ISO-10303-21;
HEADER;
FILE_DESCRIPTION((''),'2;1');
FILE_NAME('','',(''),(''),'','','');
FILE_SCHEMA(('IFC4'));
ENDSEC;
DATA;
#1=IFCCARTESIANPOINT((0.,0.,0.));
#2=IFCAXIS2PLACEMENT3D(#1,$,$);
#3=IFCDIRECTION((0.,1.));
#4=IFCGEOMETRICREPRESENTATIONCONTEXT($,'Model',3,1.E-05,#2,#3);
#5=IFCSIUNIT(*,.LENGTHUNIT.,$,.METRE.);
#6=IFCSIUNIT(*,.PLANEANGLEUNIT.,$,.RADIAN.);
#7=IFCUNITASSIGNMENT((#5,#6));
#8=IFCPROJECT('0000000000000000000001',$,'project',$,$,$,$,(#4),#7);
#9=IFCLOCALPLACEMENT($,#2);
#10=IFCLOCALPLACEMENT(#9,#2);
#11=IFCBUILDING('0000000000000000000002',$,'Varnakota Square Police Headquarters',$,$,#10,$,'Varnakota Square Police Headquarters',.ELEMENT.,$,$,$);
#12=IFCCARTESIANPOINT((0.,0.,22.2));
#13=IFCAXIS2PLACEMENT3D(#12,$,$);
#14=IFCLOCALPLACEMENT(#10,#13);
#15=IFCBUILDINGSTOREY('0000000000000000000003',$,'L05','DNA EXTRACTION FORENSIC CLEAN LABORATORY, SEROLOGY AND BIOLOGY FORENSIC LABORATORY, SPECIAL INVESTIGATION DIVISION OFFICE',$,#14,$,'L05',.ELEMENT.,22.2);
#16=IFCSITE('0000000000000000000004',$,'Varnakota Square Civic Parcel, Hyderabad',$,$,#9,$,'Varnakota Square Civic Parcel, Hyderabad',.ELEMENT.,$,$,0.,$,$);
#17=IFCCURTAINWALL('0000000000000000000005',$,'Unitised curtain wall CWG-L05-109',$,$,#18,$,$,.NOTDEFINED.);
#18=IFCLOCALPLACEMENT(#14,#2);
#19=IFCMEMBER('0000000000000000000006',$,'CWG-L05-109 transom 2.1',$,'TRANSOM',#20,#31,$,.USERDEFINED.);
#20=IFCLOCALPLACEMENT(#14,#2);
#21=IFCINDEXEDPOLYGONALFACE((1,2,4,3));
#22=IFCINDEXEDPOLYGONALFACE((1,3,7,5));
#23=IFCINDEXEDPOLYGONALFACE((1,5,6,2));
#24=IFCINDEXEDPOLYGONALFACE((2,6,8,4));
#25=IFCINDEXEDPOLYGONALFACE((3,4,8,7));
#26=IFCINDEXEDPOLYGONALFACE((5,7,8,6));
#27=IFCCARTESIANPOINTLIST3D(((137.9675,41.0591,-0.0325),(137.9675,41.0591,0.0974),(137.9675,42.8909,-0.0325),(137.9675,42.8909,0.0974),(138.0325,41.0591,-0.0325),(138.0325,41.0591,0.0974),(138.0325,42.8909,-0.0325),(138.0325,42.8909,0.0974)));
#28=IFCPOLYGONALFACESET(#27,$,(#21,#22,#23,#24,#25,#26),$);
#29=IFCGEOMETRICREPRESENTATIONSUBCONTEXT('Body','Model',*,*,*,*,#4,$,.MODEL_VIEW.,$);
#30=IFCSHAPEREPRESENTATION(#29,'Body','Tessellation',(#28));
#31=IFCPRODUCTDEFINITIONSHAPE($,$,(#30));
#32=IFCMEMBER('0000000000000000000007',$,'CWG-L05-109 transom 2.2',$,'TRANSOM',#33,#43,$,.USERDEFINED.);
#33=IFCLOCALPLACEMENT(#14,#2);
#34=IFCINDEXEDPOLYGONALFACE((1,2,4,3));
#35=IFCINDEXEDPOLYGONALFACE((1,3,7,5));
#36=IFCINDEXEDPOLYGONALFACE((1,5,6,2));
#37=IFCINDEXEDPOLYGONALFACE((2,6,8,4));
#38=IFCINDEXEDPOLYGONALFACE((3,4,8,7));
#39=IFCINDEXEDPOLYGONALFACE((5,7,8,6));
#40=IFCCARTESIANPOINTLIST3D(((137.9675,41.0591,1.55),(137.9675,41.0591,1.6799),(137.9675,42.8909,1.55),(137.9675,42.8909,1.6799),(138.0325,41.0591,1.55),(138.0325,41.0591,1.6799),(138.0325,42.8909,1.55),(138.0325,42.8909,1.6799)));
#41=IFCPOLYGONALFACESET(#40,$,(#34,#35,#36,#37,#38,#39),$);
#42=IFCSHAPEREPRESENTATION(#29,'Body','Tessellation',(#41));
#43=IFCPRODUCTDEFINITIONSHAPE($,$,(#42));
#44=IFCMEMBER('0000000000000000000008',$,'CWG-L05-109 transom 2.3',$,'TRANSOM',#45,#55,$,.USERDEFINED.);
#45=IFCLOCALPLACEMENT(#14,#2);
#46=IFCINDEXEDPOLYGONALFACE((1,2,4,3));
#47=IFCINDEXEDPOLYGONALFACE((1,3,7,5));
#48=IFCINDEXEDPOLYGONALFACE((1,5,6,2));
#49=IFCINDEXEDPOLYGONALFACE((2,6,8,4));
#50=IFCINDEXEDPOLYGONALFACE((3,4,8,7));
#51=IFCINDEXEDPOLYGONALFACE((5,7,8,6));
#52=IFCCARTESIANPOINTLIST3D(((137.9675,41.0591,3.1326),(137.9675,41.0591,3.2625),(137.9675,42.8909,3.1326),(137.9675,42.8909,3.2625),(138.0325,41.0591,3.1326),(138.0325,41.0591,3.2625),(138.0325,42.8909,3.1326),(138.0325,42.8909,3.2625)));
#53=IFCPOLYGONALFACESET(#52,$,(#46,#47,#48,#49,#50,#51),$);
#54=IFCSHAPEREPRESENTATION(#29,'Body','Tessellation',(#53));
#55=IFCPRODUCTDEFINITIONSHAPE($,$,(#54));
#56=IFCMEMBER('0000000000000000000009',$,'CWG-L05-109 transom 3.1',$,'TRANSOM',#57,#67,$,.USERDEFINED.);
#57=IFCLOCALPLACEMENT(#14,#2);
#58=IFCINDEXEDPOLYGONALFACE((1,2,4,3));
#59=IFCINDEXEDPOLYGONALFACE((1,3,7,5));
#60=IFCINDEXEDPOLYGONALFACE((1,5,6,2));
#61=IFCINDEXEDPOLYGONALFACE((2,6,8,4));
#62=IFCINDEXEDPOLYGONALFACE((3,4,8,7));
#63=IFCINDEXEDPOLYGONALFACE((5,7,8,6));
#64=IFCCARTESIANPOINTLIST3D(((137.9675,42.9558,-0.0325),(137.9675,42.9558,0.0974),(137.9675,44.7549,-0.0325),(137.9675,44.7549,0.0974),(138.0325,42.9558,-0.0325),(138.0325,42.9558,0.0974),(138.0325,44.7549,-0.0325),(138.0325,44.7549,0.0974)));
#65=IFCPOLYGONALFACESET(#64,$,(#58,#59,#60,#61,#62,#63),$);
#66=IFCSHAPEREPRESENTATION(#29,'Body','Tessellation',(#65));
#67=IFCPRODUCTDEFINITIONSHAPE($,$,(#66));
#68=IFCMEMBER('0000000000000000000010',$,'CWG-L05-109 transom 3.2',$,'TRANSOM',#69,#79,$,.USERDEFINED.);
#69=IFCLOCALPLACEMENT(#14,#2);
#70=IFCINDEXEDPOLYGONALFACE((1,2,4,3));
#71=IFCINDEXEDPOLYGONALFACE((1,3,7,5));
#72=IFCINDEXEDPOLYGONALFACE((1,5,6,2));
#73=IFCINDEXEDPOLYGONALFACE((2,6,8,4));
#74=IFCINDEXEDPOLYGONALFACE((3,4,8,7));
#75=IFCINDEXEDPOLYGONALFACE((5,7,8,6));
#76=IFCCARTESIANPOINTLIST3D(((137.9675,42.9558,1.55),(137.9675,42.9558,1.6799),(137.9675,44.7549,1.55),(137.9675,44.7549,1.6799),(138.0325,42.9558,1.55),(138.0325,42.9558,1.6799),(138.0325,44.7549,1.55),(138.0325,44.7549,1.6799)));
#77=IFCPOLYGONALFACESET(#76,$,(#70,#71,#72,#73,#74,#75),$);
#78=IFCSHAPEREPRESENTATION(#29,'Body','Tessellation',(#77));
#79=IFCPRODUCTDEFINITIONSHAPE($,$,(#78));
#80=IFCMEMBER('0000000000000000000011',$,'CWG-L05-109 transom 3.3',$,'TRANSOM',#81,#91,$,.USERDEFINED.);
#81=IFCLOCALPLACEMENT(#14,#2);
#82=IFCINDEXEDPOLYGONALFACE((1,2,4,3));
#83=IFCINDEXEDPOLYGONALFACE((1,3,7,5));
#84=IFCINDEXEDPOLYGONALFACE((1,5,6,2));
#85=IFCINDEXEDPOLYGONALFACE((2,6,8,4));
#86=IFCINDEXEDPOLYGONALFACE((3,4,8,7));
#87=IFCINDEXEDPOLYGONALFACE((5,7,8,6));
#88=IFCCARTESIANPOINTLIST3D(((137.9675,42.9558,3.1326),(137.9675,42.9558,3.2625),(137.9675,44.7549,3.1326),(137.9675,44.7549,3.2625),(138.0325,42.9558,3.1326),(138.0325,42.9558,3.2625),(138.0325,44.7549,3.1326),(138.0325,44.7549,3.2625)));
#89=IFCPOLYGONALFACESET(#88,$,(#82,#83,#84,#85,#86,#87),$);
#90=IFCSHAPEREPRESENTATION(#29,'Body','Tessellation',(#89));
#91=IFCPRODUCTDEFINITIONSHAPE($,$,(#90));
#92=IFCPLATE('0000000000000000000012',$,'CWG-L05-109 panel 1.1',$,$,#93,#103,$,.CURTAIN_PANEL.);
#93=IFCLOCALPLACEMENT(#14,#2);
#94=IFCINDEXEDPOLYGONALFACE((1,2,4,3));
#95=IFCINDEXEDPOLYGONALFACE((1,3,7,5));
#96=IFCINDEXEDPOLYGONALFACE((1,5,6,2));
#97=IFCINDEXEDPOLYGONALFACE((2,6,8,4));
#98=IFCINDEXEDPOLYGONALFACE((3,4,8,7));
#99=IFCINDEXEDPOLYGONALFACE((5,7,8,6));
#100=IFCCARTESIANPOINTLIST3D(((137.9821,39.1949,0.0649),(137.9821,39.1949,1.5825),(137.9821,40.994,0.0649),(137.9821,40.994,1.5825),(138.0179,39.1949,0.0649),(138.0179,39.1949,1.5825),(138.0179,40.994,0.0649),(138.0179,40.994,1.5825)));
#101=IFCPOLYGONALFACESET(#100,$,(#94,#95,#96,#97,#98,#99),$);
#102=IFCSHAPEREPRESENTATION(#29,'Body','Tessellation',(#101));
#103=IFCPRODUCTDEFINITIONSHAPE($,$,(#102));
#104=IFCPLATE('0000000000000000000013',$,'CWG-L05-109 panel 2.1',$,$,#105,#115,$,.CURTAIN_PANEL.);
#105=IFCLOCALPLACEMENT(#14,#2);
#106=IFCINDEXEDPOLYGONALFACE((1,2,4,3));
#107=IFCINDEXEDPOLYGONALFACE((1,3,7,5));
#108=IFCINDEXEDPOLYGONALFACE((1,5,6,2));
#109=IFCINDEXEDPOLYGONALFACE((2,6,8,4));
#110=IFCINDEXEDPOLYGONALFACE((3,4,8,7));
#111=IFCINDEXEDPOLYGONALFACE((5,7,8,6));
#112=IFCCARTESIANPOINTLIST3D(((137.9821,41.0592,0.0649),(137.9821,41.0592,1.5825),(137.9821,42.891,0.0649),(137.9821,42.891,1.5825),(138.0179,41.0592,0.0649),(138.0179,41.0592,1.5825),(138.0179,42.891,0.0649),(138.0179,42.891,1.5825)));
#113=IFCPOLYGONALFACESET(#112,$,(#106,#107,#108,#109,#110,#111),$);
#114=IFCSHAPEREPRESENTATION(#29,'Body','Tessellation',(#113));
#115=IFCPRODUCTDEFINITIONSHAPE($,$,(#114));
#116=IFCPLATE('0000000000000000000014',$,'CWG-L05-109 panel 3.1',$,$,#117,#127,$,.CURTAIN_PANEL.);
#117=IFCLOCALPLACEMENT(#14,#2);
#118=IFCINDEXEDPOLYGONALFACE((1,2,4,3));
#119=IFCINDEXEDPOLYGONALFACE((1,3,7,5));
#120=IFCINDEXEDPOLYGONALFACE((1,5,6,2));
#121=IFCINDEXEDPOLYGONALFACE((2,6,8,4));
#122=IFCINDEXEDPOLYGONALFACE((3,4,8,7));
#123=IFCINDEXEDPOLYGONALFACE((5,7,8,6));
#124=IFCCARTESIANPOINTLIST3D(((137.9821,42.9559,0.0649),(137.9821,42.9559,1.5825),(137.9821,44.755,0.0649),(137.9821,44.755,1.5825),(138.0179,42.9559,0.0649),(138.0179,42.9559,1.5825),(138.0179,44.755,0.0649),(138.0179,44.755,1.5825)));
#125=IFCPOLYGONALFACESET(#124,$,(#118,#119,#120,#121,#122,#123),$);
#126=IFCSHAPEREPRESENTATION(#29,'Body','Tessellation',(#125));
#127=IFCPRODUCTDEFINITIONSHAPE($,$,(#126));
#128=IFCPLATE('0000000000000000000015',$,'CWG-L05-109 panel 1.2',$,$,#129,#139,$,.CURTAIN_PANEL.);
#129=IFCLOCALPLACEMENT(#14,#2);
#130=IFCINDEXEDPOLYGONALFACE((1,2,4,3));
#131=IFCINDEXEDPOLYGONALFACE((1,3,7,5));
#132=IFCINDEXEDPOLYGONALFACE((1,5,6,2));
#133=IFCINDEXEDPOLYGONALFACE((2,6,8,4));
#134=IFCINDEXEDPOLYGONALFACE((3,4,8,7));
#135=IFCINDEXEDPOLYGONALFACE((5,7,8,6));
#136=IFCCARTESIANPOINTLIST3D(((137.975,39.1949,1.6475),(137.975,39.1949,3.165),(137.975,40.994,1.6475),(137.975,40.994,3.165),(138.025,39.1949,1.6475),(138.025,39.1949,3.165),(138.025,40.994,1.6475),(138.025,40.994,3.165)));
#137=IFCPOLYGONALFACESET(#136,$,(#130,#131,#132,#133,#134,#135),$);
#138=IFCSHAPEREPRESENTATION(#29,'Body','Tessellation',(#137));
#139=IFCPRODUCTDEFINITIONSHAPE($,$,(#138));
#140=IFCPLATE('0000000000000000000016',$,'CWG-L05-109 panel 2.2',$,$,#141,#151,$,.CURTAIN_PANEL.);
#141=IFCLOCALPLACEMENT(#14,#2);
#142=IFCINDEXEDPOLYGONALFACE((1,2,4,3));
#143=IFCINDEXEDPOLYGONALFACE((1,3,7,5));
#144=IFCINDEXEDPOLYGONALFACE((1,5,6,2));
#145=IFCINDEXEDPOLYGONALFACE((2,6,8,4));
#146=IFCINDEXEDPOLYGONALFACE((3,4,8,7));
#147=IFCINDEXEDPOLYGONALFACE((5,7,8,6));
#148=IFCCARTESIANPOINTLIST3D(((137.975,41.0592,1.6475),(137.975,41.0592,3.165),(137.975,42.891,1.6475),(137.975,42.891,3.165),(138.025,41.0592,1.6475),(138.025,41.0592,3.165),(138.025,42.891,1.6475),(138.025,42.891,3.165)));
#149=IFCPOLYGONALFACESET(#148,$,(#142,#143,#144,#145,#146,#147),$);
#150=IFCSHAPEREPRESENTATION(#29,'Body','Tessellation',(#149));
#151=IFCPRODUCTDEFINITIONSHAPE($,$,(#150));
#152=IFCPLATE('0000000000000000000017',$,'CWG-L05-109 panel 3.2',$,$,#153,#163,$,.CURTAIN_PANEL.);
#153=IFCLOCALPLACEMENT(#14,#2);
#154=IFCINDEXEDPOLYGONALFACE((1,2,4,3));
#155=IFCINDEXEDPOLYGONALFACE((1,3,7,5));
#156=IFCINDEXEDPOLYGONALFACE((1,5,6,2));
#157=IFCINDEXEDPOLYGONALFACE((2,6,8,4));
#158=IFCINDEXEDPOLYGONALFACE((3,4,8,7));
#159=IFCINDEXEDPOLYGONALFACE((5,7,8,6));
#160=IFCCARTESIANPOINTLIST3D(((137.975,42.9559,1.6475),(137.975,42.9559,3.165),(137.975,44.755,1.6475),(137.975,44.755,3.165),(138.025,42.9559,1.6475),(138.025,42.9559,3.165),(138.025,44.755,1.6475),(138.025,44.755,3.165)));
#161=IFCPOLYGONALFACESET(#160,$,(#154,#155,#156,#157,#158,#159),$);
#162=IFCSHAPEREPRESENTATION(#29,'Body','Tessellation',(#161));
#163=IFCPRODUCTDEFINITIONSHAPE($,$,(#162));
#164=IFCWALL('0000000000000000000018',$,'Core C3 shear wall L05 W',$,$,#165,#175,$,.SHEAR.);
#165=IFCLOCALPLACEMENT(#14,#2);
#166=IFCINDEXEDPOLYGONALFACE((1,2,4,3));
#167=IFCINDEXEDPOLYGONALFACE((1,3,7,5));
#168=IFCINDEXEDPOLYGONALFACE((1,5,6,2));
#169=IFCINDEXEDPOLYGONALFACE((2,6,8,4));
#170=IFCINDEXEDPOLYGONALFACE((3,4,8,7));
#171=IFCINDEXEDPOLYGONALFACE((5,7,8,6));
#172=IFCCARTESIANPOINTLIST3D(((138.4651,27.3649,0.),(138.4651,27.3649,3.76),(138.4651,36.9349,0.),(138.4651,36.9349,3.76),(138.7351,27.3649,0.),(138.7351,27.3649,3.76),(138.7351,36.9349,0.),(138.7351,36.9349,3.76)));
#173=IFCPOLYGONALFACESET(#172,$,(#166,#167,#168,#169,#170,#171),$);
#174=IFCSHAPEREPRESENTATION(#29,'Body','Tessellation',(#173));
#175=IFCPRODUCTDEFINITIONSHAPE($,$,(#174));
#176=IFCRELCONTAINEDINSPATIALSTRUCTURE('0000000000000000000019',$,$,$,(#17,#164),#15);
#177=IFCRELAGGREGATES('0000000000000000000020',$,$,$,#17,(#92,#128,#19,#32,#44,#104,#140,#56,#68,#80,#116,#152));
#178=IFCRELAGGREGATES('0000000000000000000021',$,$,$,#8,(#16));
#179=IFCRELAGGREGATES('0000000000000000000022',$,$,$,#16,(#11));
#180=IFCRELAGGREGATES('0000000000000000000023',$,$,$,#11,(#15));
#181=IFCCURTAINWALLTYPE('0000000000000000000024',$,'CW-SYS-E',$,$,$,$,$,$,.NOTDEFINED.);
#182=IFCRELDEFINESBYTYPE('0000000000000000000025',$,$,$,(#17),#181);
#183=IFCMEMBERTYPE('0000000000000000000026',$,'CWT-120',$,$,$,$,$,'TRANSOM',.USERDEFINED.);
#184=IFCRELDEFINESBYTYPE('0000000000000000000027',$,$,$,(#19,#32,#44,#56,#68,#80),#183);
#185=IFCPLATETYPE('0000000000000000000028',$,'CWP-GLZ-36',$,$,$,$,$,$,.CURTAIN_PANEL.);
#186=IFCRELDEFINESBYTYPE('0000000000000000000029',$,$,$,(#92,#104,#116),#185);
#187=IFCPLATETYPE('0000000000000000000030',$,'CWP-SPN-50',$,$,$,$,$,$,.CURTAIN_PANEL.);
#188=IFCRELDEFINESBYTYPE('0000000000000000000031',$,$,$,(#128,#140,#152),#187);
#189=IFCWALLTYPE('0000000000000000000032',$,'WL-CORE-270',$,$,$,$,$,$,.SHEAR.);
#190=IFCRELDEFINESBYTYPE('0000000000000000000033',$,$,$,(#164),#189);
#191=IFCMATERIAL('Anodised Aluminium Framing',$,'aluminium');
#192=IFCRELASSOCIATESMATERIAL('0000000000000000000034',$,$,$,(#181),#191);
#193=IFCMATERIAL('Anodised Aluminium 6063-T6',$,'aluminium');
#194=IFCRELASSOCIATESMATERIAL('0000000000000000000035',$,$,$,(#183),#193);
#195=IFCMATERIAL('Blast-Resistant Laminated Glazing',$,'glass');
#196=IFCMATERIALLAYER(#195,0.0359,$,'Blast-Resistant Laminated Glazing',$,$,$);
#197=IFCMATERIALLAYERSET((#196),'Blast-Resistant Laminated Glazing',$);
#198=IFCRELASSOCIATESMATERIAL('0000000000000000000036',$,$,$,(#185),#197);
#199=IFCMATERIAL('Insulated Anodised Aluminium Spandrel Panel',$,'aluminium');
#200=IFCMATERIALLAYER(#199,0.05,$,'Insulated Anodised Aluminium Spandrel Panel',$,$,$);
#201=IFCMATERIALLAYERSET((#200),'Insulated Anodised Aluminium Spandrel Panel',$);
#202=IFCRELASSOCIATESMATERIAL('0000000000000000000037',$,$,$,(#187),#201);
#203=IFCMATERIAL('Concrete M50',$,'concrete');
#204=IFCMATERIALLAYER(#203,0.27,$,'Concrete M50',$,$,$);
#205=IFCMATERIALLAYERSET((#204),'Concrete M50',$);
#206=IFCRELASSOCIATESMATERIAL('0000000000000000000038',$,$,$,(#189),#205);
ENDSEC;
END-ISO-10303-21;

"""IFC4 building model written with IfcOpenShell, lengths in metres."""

from ifc_helpers import new_model, si_unit, direction, frame, frame_2d, origin, origin_2d, place, context, subcontext, project, spatial, rectangle, extrude, material, layer, layer_set, material_profile, profile_set, type_object, element, aggregate, save


model = new_model("IFC4")

# Units and contexts
model_context = context("Model", 3, precision=1e-05, world=origin(), true_north=direction((0.0, 1.0)))
body_context = subcontext(model_context, "Body", "Model", "MODEL_VIEW")
ifc_project = project(units=[si_unit("LENGTHUNIT", "METRE"), si_unit("PLANEANGLEUNIT", "RADIAN")], contexts=[model_context])

# Site, building, storey
site_placement = place(None, origin())
site = spatial("IfcSite", under=ifc_project, at=site_placement, Name="Varnakota Square Civic Parcel, Hyderabad", LongName="Varnakota Square Civic Parcel, Hyderabad", CompositionType="ELEMENT", RefElevation=0.0)
building_placement = place(site_placement, origin())
building = spatial("IfcBuilding", under=site, at=building_placement, Name="Varnakota Square Police Headquarters", LongName="Varnakota Square Police Headquarters", CompositionType="ELEMENT")
storey_placement = place(building_placement, frame((0.0, 0.0, 22.2)))
storey = spatial("IfcBuildingStorey", under=building, at=storey_placement, Name="L05", Description="DNA EXTRACTION FORENSIC CLEAN LABORATORY, SEROLOGY AND BIOLOGY FORENSIC LABORATORY, SPECIAL INVESTIGATION DIVISION OFFICE", LongName="L05", CompositionType="ELEMENT", Elevation=22.2)

# Curtain wall, members, plates
ifc_material_1 = material(Name="Anodised Aluminium Framing", Category="aluminium")
curtain_wall_type = type_object("IfcCurtainWallType", Name="CW-SYS-E", PredefinedType="NOTDEFINED", material=ifc_material_1)
curtain_wall_placement = place(storey_placement, origin())
curtain_wall = element("IfcCurtainWall", 1, at=curtain_wall_placement, inside=storey, type_object=curtain_wall_type, Name="Unitised curtain wall CWG-L05-109", PredefinedType="NOTDEFINED")
ifc_material_2 = material(Name="Anodised Aluminium 6063-T6", Category="aluminium")
ifc_material_profile_1 = material_profile(ifc_material_2, rectangle(XDim=0.0649, YDim=0.1299, at=origin_2d()), Name="ALU TRANSOM 65x130")
ifc_profile_set_1 = profile_set([ifc_material_profile_1], Name="Anodised Aluminium 6063-T6")
member_type_1 = type_object("IfcMemberType", Name="CWT-120", ElementType="TRANSOM", PredefinedType="USERDEFINED", material=ifc_profile_set_1)
member_1_placement = place(storey_placement, frame((138.0, 41.0591, 0.0325), z_axis=(0.0, 1.0, 0.0), x_axis=(-1.0, 0.0, 0.0)))
member_1 = element("IfcMember", 2, at=member_1_placement, type_object=member_type_1, Name="CWG-L05-109 transom 2.1", ObjectType="TRANSOM", PredefinedType="USERDEFINED", context=body_context, shape_type="SweptSolid", body=[
    extrude(rectangle(XDim=0.0649, YDim=0.1299, at=origin_2d()), origin(), (0.0, 0.0, 1.0), 1.8318),
])
member_2_placement = place(storey_placement, frame((138.0, 41.0591, 1.615), z_axis=(0.0, 1.0, 0.0), x_axis=(-1.0, 0.0, 0.0)))
member_2 = element("IfcMember", 3, at=member_2_placement, type_object=member_type_1, Name="CWG-L05-109 transom 2.2", ObjectType="TRANSOM", PredefinedType="USERDEFINED", context=body_context, shape_type="SweptSolid", body=[
    extrude(rectangle(XDim=0.0649, YDim=0.1299, at=origin_2d()), origin(), (0.0, 0.0, 1.0), 1.8318),
])
member_3_placement = place(storey_placement, frame((138.0, 41.0591, 3.1975), z_axis=(0.0, 1.0, 0.0), x_axis=(-1.0, 0.0, 0.0)))
member_3 = element("IfcMember", 4, at=member_3_placement, type_object=member_type_1, Name="CWG-L05-109 transom 2.3", ObjectType="TRANSOM", PredefinedType="USERDEFINED", context=body_context, shape_type="SweptSolid", body=[
    extrude(rectangle(XDim=0.0649, YDim=0.1299, at=origin_2d()), origin(), (0.0, 0.0, 1.0), 1.8318),
])
member_4_placement = place(storey_placement, frame((138.0, 42.9558, 0.0325), z_axis=(0.0, 1.0, 0.0), x_axis=(-1.0, 0.0, 0.0)))
member_4 = element("IfcMember", 5, at=member_4_placement, type_object=member_type_1, Name="CWG-L05-109 transom 3.1", ObjectType="TRANSOM", PredefinedType="USERDEFINED", context=body_context, shape_type="SweptSolid", body=[
    extrude(rectangle(XDim=0.0649, YDim=0.1299, at=origin_2d()), origin(), (0.0, 0.0, 1.0), 1.7991),
])
member_5_placement = place(storey_placement, frame((138.0, 42.9558, 1.615), z_axis=(0.0, 1.0, 0.0), x_axis=(-1.0, 0.0, 0.0)))
member_5 = element("IfcMember", 6, at=member_5_placement, type_object=member_type_1, Name="CWG-L05-109 transom 3.2", ObjectType="TRANSOM", PredefinedType="USERDEFINED", context=body_context, shape_type="SweptSolid", body=[
    extrude(rectangle(XDim=0.0649, YDim=0.1299, at=origin_2d()), origin(), (0.0, 0.0, 1.0), 1.7991),
])
member_6_placement = place(storey_placement, frame((138.0, 42.9558, 3.1975), z_axis=(0.0, 1.0, 0.0), x_axis=(-1.0, 0.0, 0.0)))
member_6 = element("IfcMember", 7, at=member_6_placement, type_object=member_type_1, Name="CWG-L05-109 transom 3.3", ObjectType="TRANSOM", PredefinedType="USERDEFINED", context=body_context, shape_type="SweptSolid", body=[
    extrude(rectangle(XDim=0.0649, YDim=0.1299, at=origin_2d()), origin(), (0.0, 0.0, 1.0), 1.7991),
])
ifc_material_3 = material(Name="Blast-Resistant Laminated Glazing", Category="glass")
ifc_layer_1 = layer(ifc_material_3, 0.0359, Name="Blast-Resistant Laminated Glazing")
ifc_layer_set_1 = layer_set([ifc_layer_1], Name="Blast-Resistant Laminated Glazing")
plate_type_1 = type_object("IfcPlateType", Name="CWP-GLZ-36", PredefinedType="CURTAIN_PANEL", material=ifc_layer_set_1)
plate_1_placement = place(storey_placement, frame((138.0, 40.0945, 0.0649), z_axis=(0.0, 0.0, 1.0), x_axis=(0.0, 1.0, 0.0)))
plate_1 = element("IfcPlate", 8, at=plate_1_placement, type_object=plate_type_1, Name="CWG-L05-109 panel 1.1", PredefinedType="CURTAIN_PANEL", context=body_context, shape_type="SweptSolid", body=[
    extrude(rectangle(XDim=1.7991, YDim=0.0359, at=origin_2d()), origin(), (0.0, 0.0, 1.0), 1.5176),
])
plate_2_placement = place(storey_placement, frame((138.0, 41.9751, 0.0649), z_axis=(0.0, 0.0, 1.0), x_axis=(0.0, 1.0, 0.0)))
plate_2 = element("IfcPlate", 9, at=plate_2_placement, type_object=plate_type_1, Name="CWG-L05-109 panel 2.1", PredefinedType="CURTAIN_PANEL", context=body_context, shape_type="SweptSolid", body=[
    extrude(rectangle(XDim=1.8318, YDim=0.0359, at=origin_2d()), origin(), (0.0, 0.0, 1.0), 1.5176),
])
plate_3_placement = place(storey_placement, frame((138.0, 43.8555, 0.0649), z_axis=(0.0, 0.0, 1.0), x_axis=(0.0, 1.0, 0.0)))
plate_3 = element("IfcPlate", 10, at=plate_3_placement, type_object=plate_type_1, Name="CWG-L05-109 panel 3.1", PredefinedType="CURTAIN_PANEL", context=body_context, shape_type="SweptSolid", body=[
    extrude(rectangle(XDim=1.7991, YDim=0.0359, at=origin_2d()), origin(), (0.0, 0.0, 1.0), 1.5176),
])
ifc_material_4 = material(Name="Insulated Anodised Aluminium Spandrel Panel", Category="aluminium")
ifc_layer_2 = layer(ifc_material_4, 0.05, Name="Insulated Anodised Aluminium Spandrel Panel")
ifc_layer_set_2 = layer_set([ifc_layer_2], Name="Insulated Anodised Aluminium Spandrel Panel")
plate_type_2 = type_object("IfcPlateType", Name="CWP-SPN-50", PredefinedType="CURTAIN_PANEL", material=ifc_layer_set_2)
plate_4_placement = place(storey_placement, frame((138.0, 40.0945, 1.6475), z_axis=(0.0, 0.0, 1.0), x_axis=(0.0, 1.0, 0.0)))
plate_4 = element("IfcPlate", 11, at=plate_4_placement, type_object=plate_type_2, Name="CWG-L05-109 panel 1.2", PredefinedType="CURTAIN_PANEL", context=body_context, shape_type="SweptSolid", body=[
    extrude(rectangle(XDim=1.7991, YDim=0.05, at=origin_2d()), origin(), (0.0, 0.0, 1.0), 1.5176),
])
plate_5_placement = place(storey_placement, frame((138.0, 41.9751, 1.6475), z_axis=(0.0, 0.0, 1.0), x_axis=(0.0, 1.0, 0.0)))
plate_5 = element("IfcPlate", 12, at=plate_5_placement, type_object=plate_type_2, Name="CWG-L05-109 panel 2.2", PredefinedType="CURTAIN_PANEL", context=body_context, shape_type="SweptSolid", body=[
    extrude(rectangle(XDim=1.8318, YDim=0.05, at=origin_2d()), origin(), (0.0, 0.0, 1.0), 1.5176),
])
plate_6_placement = place(storey_placement, frame((138.0, 43.8555, 1.6475), z_axis=(0.0, 0.0, 1.0), x_axis=(0.0, 1.0, 0.0)))
plate_6 = element("IfcPlate", 13, at=plate_6_placement, type_object=plate_type_2, Name="CWG-L05-109 panel 3.2", PredefinedType="CURTAIN_PANEL", context=body_context, shape_type="SweptSolid", body=[
    extrude(rectangle(XDim=1.7991, YDim=0.05, at=origin_2d()), origin(), (0.0, 0.0, 1.0), 1.5176),
])
aggregate(curtain_wall, [plate_1, plate_4, member_1, member_2, member_3, plate_2, plate_5, member_4, member_5, member_6, plate_3, plate_6])

# Wall
ifc_material_5 = material(Name="Concrete M50", Category="concrete")
ifc_layer_3 = layer(ifc_material_5, 0.27, Name="Concrete M50")
ifc_layer_set_3 = layer_set([ifc_layer_3], Name="Concrete M50")
wall_type_1 = type_object("IfcWallType", Name="WL-CORE-270", PredefinedType="SHEAR", material=ifc_layer_set_3)
wall_1_placement = place(storey_placement, frame((138.6001, 36.9351, 0.0), z_axis=(0.0, 0.0, 1.0), x_axis=(0.0, -1.0, 0.0)))
element("IfcWall", 14, at=wall_1_placement, inside=storey, type_object=wall_type_1, Name="Core C3 shear wall L05 W", PredefinedType="SHEAR", context=body_context, shape_type="SweptSolid", body=[
    extrude(rectangle(XDim=9.5701, YDim=0.27, at=frame_2d((4.7852, 0.0))), origin(), (0.0, 0.0, 1.0), 3.76),
])

save(model, "model.ifc")
